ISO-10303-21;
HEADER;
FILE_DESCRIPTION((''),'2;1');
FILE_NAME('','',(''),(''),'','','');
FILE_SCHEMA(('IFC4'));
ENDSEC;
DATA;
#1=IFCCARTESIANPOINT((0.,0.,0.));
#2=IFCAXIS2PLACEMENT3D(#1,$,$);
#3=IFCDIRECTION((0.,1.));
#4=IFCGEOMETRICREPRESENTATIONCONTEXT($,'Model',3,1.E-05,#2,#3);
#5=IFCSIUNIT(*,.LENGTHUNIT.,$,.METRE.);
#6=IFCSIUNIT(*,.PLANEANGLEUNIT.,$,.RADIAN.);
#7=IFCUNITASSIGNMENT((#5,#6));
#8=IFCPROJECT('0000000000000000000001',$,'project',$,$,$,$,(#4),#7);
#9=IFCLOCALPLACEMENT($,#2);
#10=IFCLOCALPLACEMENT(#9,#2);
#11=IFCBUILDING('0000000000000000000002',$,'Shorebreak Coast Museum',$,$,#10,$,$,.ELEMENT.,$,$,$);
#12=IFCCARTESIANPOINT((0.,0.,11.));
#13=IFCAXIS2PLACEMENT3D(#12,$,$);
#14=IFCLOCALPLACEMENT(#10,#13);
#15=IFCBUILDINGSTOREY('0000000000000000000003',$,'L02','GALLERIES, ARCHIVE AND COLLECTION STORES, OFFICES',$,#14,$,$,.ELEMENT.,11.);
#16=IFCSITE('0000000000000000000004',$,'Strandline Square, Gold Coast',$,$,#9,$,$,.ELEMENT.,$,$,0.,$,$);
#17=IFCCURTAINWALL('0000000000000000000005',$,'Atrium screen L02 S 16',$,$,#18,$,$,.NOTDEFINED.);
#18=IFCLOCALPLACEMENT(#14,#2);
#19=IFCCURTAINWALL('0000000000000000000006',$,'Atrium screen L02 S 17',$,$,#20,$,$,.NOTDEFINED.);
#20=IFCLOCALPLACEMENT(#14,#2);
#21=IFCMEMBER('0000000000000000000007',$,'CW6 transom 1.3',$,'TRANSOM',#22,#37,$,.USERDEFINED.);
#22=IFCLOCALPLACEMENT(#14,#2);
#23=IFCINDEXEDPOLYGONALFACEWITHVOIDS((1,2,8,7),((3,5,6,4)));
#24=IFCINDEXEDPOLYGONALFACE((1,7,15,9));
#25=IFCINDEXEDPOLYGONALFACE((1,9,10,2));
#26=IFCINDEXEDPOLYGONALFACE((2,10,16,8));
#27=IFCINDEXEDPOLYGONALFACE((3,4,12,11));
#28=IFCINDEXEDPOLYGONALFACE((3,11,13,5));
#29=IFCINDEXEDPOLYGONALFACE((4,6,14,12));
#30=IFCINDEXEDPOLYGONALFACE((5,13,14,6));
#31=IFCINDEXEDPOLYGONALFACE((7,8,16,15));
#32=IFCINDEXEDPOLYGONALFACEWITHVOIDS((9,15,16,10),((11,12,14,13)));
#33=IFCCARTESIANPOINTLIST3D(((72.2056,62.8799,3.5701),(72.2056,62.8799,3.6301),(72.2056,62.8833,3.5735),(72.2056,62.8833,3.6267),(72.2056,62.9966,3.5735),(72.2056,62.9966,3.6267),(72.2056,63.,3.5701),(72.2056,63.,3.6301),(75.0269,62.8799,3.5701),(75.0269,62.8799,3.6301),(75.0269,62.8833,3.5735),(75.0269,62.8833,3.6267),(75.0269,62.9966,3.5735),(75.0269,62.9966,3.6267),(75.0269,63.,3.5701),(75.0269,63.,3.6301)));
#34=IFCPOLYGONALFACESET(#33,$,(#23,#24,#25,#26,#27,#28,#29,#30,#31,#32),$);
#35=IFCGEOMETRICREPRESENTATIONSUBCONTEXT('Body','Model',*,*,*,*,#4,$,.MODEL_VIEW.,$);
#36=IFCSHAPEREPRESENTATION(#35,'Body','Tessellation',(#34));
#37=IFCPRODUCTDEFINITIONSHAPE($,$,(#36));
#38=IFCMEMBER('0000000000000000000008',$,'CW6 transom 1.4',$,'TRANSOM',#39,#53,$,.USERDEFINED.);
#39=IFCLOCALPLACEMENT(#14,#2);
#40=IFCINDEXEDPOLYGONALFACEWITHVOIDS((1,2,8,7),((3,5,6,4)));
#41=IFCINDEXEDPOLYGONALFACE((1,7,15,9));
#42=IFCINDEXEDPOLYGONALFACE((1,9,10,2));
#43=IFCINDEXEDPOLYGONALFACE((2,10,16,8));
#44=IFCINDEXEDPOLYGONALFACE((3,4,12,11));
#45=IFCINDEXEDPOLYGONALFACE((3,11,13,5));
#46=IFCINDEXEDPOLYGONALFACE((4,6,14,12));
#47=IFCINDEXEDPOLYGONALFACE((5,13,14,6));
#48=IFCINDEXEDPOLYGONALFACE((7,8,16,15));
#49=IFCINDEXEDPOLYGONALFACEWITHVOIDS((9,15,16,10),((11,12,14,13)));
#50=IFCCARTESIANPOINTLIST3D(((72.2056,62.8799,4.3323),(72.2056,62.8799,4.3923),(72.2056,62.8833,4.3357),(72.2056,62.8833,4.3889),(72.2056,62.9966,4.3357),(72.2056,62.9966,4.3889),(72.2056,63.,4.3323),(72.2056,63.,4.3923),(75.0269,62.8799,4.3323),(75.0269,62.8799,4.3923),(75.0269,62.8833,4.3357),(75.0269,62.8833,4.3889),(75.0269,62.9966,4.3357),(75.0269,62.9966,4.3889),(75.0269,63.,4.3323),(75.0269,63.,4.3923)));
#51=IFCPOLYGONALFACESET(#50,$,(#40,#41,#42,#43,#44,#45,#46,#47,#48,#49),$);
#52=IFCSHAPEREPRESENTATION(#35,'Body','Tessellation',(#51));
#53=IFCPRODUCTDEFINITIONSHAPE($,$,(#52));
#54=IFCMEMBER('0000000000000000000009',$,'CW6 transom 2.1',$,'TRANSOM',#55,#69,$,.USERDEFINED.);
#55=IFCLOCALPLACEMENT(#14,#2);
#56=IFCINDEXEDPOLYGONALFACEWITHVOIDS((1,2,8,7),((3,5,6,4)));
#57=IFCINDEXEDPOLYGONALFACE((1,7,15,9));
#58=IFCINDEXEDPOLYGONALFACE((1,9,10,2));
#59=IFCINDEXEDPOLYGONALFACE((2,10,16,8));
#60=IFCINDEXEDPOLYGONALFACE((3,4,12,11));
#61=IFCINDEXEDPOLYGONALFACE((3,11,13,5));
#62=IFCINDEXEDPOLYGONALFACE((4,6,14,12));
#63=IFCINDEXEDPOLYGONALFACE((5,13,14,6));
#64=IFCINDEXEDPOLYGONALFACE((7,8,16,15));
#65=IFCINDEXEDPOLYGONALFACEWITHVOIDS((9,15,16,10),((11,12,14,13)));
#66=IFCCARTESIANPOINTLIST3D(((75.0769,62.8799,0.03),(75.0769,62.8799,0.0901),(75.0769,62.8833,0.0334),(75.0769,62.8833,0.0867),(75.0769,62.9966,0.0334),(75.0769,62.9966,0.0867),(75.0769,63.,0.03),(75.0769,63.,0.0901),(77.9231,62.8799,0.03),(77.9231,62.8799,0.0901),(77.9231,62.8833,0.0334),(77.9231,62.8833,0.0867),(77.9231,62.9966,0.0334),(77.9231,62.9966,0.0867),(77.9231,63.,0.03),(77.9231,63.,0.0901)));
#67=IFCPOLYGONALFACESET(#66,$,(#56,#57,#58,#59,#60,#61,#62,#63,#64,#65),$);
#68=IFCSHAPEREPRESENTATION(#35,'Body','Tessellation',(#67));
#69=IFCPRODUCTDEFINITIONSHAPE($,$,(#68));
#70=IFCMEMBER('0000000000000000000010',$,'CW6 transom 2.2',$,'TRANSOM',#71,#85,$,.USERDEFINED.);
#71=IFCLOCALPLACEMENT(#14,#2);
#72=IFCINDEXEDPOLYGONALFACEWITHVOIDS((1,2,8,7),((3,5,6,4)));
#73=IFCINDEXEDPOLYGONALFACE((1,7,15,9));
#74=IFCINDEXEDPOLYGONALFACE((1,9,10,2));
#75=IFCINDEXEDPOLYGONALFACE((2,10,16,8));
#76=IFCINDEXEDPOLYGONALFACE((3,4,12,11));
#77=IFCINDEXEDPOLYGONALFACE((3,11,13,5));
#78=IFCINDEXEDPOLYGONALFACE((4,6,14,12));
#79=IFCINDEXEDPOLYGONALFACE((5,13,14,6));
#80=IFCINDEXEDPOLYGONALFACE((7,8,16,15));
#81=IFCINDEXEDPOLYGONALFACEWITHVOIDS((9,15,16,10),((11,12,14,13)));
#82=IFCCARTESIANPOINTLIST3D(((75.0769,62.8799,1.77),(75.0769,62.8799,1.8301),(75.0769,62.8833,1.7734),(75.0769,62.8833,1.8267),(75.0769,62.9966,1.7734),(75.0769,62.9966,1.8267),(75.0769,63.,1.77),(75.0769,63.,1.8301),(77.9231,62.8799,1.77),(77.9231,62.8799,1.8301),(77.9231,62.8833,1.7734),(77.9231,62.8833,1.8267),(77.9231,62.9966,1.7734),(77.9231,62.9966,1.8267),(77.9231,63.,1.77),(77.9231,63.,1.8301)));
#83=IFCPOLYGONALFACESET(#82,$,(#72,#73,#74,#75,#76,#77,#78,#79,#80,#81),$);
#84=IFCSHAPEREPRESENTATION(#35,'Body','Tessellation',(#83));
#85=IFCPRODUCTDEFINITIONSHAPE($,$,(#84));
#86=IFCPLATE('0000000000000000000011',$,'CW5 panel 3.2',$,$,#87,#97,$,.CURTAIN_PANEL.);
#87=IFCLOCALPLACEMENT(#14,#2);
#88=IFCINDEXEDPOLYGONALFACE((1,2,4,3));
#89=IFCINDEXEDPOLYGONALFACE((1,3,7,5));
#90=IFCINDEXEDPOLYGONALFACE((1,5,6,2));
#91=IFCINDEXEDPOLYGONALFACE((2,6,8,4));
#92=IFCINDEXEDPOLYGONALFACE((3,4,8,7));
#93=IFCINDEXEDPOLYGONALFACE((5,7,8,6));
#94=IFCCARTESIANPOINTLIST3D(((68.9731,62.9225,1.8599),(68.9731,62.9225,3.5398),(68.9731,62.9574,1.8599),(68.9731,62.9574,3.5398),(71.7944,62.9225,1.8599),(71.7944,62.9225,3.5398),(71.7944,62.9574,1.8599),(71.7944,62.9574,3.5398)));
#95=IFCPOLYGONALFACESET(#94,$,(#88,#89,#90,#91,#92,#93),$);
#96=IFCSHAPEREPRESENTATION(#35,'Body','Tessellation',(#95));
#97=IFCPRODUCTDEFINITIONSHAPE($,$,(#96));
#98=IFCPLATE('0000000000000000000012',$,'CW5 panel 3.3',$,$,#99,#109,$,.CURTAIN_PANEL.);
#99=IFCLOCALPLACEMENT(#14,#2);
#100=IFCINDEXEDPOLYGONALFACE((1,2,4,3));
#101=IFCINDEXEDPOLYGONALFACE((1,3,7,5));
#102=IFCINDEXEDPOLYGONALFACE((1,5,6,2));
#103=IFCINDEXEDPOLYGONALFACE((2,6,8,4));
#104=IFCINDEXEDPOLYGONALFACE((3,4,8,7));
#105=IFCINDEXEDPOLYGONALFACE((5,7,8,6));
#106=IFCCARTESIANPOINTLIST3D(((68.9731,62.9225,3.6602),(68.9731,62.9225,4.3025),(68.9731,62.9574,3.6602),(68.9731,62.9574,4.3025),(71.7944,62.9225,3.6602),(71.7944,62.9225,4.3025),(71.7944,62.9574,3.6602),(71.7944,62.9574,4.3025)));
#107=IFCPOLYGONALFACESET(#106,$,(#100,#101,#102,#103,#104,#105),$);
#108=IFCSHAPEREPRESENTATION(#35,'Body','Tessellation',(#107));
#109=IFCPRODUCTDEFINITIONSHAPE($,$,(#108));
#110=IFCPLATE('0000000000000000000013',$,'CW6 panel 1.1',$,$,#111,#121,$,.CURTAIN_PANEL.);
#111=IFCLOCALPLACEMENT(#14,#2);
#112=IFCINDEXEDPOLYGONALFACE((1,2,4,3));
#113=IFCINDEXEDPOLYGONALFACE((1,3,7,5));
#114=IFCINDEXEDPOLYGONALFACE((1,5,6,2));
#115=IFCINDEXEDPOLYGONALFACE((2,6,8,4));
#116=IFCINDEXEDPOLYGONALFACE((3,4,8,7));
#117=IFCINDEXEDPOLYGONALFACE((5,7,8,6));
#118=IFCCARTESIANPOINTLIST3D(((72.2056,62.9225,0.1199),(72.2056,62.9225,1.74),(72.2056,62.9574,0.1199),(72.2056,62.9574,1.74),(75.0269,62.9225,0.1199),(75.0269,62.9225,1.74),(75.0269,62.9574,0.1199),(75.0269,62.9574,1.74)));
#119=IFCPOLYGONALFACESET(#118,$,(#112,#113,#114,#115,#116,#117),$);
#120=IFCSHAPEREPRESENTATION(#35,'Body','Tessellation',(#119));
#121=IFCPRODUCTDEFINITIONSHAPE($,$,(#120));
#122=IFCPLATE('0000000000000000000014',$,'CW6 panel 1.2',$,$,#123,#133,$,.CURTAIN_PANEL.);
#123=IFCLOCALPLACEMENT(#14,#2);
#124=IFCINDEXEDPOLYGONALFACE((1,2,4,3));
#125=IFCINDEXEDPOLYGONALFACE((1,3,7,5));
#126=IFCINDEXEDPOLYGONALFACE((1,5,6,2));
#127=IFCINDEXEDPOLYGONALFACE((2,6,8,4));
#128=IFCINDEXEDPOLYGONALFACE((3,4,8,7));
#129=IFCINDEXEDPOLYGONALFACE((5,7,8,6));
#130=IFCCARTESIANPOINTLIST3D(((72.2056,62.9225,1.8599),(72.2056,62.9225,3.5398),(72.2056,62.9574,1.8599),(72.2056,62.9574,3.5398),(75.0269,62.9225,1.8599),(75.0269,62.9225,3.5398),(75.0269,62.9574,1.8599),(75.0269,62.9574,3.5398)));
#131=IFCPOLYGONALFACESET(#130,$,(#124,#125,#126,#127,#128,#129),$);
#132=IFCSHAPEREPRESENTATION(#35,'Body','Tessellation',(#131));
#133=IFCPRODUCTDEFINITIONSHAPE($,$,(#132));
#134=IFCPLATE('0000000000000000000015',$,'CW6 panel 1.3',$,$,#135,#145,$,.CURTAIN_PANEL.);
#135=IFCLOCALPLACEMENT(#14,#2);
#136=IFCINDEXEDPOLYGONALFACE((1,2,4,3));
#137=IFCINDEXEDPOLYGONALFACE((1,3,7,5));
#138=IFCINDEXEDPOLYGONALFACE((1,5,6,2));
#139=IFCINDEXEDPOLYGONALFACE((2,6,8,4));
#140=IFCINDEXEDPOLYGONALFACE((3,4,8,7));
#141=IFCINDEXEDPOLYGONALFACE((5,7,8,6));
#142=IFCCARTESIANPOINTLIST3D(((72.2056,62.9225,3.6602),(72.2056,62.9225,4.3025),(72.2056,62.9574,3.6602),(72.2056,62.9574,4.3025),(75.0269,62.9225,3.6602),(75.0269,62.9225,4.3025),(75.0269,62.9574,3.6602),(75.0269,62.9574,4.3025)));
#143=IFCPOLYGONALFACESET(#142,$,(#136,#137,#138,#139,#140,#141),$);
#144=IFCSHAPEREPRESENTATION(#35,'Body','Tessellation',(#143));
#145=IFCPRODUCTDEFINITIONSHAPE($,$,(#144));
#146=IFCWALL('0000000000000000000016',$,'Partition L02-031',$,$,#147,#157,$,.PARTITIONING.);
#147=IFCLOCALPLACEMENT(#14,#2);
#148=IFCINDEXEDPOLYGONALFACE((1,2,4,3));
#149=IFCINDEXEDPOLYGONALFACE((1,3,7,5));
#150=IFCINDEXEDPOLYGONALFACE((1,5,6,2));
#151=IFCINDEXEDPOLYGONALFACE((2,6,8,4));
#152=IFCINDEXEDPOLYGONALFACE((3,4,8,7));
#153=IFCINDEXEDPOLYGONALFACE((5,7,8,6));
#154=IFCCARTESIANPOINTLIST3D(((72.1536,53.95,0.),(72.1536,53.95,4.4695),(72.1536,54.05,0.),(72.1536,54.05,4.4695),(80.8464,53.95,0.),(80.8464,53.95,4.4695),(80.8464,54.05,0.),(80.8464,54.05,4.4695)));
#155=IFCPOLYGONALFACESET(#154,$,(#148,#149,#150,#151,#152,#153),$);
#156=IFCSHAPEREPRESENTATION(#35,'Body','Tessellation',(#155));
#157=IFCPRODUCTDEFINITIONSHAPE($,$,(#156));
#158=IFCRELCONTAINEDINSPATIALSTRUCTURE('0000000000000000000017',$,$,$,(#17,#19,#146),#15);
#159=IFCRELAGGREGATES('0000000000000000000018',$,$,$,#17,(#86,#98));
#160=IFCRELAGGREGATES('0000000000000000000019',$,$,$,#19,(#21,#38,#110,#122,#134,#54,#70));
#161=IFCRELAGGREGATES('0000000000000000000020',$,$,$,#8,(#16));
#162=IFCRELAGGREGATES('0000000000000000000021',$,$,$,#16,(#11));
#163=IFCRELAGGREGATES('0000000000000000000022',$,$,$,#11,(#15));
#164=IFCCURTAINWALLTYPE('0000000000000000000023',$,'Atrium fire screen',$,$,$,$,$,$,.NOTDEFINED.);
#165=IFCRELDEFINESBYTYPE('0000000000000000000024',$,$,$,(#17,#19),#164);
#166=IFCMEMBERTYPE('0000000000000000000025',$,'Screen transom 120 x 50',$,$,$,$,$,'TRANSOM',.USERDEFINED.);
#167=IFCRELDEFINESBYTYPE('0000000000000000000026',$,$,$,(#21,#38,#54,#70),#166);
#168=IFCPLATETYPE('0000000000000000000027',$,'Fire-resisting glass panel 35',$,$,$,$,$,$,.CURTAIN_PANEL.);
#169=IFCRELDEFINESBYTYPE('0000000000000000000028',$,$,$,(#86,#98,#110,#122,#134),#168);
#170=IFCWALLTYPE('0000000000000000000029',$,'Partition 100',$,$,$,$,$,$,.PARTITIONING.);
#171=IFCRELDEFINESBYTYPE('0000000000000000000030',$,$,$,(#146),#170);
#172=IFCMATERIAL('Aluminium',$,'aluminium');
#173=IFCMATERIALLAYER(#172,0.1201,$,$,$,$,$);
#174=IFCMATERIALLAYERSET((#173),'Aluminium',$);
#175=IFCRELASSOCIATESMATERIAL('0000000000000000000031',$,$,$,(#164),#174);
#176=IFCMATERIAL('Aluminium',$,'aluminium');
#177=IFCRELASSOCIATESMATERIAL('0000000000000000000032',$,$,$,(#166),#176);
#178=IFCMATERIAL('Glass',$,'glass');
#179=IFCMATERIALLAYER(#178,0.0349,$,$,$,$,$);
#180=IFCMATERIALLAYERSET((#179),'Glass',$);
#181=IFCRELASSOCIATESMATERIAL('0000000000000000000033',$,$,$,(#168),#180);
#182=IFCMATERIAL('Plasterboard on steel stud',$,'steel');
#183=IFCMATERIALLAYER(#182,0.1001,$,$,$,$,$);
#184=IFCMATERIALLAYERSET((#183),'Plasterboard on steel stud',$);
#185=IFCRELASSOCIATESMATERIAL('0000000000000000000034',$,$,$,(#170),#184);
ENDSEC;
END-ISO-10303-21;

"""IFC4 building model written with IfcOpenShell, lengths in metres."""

from ifc_helpers import new_model, si_unit, direction, frame, frame_2d, origin, origin_2d, place, context, subcontext, project, spatial, rectangle, hollow_rectangle, extrude, material, layer, layer_set, material_profile, profile_set, type_object, element, aggregate, save


model = new_model("IFC4")

# Units and contexts
model_context = context("Model", 3, precision=1e-05, world=origin(), true_north=direction((0.0, 1.0)))
body_context = subcontext(model_context, "Body", "Model", "MODEL_VIEW")
ifc_project = project(units=[si_unit("LENGTHUNIT", "METRE"), si_unit("PLANEANGLEUNIT", "RADIAN")], contexts=[model_context])

# Site, building, storey
site_placement = place(None, origin())
site = spatial("IfcSite", under=ifc_project, at=site_placement, Name="Strandline Square, Gold Coast", CompositionType="ELEMENT", RefElevation=0.0)
building_placement = place(site_placement, origin())
building = spatial("IfcBuilding", under=site, at=building_placement, Name="Shorebreak Coast Museum", CompositionType="ELEMENT")
storey_placement = place(building_placement, frame((0.0, 0.0, 11.0)))
storey = spatial("IfcBuildingStorey", under=building, at=storey_placement, Name="L02", Description="GALLERIES, ARCHIVE AND COLLECTION STORES, OFFICES", CompositionType="ELEMENT", Elevation=11.0)

# Curtain wall
ifc_material_1 = material(Name="Aluminium", Category="aluminium")
ifc_layer_1 = layer(ifc_material_1, 0.1201)
ifc_layer_set_1 = layer_set([ifc_layer_1], Name="Aluminium")
curtain_wall_type = type_object("IfcCurtainWallType", Name="Atrium fire screen", PredefinedType="NOTDEFINED", material=ifc_layer_set_1)
curtain_wall_1_placement = place(storey_placement, origin())
curtain_wall_1 = element("IfcCurtainWall", 1, at=curtain_wall_1_placement, inside=storey, type_object=curtain_wall_type, Name="Atrium screen L02 S 16", PredefinedType="NOTDEFINED")

# Curtain wall, members
curtain_wall_2_placement = place(storey_placement, origin())
curtain_wall_2 = element("IfcCurtainWall", 2, at=curtain_wall_2_placement, inside=storey, type_object=curtain_wall_type, Name="Atrium screen L02 S 17", PredefinedType="NOTDEFINED")
ifc_material_2 = material(Name="Aluminium", Category="aluminium")
ifc_material_profile_1 = material_profile(ifc_material_2, hollow_rectangle(XDim=0.1201, YDim=0.0601, WallThickness=0.0034, at=origin_2d()), Name="AL 60x120 RHS")
ifc_profile_set_1 = profile_set([ifc_material_profile_1], Name="Aluminium")
member_type_1 = type_object("IfcMemberType", Name="Screen transom 120 x 50", ElementType="TRANSOM", PredefinedType="USERDEFINED", material=ifc_profile_set_1)
member_1_placement = place(storey_placement, frame((72.2056, 62.9399, 3.6001), z_axis=(1.0, 0.0, 0.0), x_axis=(0.0, 1.0, 0.0)))
member_1 = element("IfcMember", 3, at=member_1_placement, type_object=member_type_1, Name="CW6 transom 1.3", ObjectType="TRANSOM", PredefinedType="USERDEFINED", context=body_context, shape_type="SweptSolid", body=[
    extrude(hollow_rectangle(XDim=0.1201, YDim=0.0601, WallThickness=0.0034, at=origin_2d()), origin(), (0.0, 0.0, 1.0), 2.8213),
])
member_2_placement = place(storey_placement, frame((72.2056, 62.9399, 4.3623), z_axis=(1.0, 0.0, 0.0), x_axis=(0.0, 1.0, 0.0)))
member_2 = element("IfcMember", 4, at=member_2_placement, type_object=member_type_1, Name="CW6 transom 1.4", ObjectType="TRANSOM", PredefinedType="USERDEFINED", context=body_context, shape_type="SweptSolid", body=[
    extrude(hollow_rectangle(XDim=0.1201, YDim=0.0601, WallThickness=0.0034, at=origin_2d()), origin(), (0.0, 0.0, 1.0), 2.8213),
])
member_3_placement = place(storey_placement, frame((75.0769, 62.9399, 0.0601), z_axis=(1.0, 0.0, 0.0), x_axis=(0.0, 1.0, 0.0)))
member_3 = element("IfcMember", 5, at=member_3_placement, type_object=member_type_1, Name="CW6 transom 2.1", ObjectType="TRANSOM", PredefinedType="USERDEFINED", context=body_context, shape_type="SweptSolid", body=[
    extrude(hollow_rectangle(XDim=0.1201, YDim=0.0601, WallThickness=0.0034, at=origin_2d()), origin(), (0.0, 0.0, 1.0), 2.8462),
])
member_4_placement = place(storey_placement, frame((75.0769, 62.9399, 1.8), z_axis=(1.0, 0.0, 0.0), x_axis=(0.0, 1.0, 0.0)))
member_4 = element("IfcMember", 6, at=member_4_placement, type_object=member_type_1, Name="CW6 transom 2.2", ObjectType="TRANSOM", PredefinedType="USERDEFINED", context=body_context, shape_type="SweptSolid", body=[
    extrude(hollow_rectangle(XDim=0.1201, YDim=0.0601, WallThickness=0.0034, at=origin_2d()), origin(), (0.0, 0.0, 1.0), 2.8462),
])

# Plates
ifc_material_3 = material(Name="Glass", Category="glass")
ifc_layer_2 = layer(ifc_material_3, 0.0349)
ifc_layer_set_2 = layer_set([ifc_layer_2], Name="Glass")
plate_type = type_object("IfcPlateType", Name="Fire-resisting glass panel 35", PredefinedType="CURTAIN_PANEL", material=ifc_layer_set_2)
plate_1_placement = place(storey_placement, frame((70.3838, 62.9399, 1.8599), z_axis=(0.0, 0.0, 1.0), x_axis=(1.0, 0.0, 0.0)))
plate_1 = element("IfcPlate", 7, at=plate_1_placement, type_object=plate_type, Name="CW5 panel 3.2", PredefinedType="CURTAIN_PANEL", context=body_context, shape_type="SweptSolid", body=[
    extrude(rectangle(XDim=2.8213, YDim=0.0349, at=origin_2d()), origin(), (0.0, 0.0, 1.0), 1.6799),
])
plate_2_placement = place(storey_placement, frame((70.3838, 62.9399, 3.6602), z_axis=(0.0, 0.0, 1.0), x_axis=(1.0, 0.0, 0.0)))
plate_2 = element("IfcPlate", 8, at=plate_2_placement, type_object=plate_type, Name="CW5 panel 3.3", PredefinedType="CURTAIN_PANEL", context=body_context, shape_type="SweptSolid", body=[
    extrude(rectangle(XDim=2.8213, YDim=0.0349, at=origin_2d()), origin(), (0.0, 0.0, 1.0), 0.6423),
])
aggregate(curtain_wall_1, [plate_1, plate_2])
plate_3_placement = place(storey_placement, frame((73.6162, 62.9399, 0.1199), z_axis=(0.0, 0.0, 1.0), x_axis=(1.0, 0.0, 0.0)))
plate_3 = element("IfcPlate", 9, at=plate_3_placement, type_object=plate_type, Name="CW6 panel 1.1", PredefinedType="CURTAIN_PANEL", context=body_context, shape_type="SweptSolid", body=[
    extrude(rectangle(XDim=2.8213, YDim=0.0349, at=origin_2d()), origin(), (0.0, 0.0, 1.0), 1.6201),
])
plate_4_placement = place(storey_placement, frame((73.6162, 62.9399, 1.8599), z_axis=(0.0, 0.0, 1.0), x_axis=(1.0, 0.0, 0.0)))
plate_4 = element("IfcPlate", 10, at=plate_4_placement, type_object=plate_type, Name="CW6 panel 1.2", PredefinedType="CURTAIN_PANEL", context=body_context, shape_type="SweptSolid", body=[
    extrude(rectangle(XDim=2.8213, YDim=0.0349, at=origin_2d()), origin(), (0.0, 0.0, 1.0), 1.6799),
])
plate_5_placement = place(storey_placement, frame((73.6162, 62.9399, 3.6602), z_axis=(0.0, 0.0, 1.0), x_axis=(1.0, 0.0, 0.0)))
plate_5 = element("IfcPlate", 11, at=plate_5_placement, type_object=plate_type, Name="CW6 panel 1.3", PredefinedType="CURTAIN_PANEL", context=body_context, shape_type="SweptSolid", body=[
    extrude(rectangle(XDim=2.8213, YDim=0.0349, at=origin_2d()), origin(), (0.0, 0.0, 1.0), 0.6423),
])
aggregate(curtain_wall_2, [member_1, member_2, plate_3, plate_4, plate_5, member_3, member_4])

# Wall
ifc_material_4 = material(Name="Plasterboard on steel stud", Category="steel")
ifc_layer_3 = layer(ifc_material_4, 0.1001)
ifc_layer_set_3 = layer_set([ifc_layer_3], Name="Plasterboard on steel stud")
wall_type = type_object("IfcWallType", Name="Partition 100", PredefinedType="PARTITIONING", material=ifc_layer_set_3)
wall_placement = place(storey_placement, frame((72.1536, 54.0, 0.0), z_axis=(0.0, 0.0, 1.0), x_axis=(1.0, 0.0, 0.0)))
element("IfcWall", 12, at=wall_placement, inside=storey, type_object=wall_type, Name="Partition L02-031", PredefinedType="PARTITIONING", context=body_context, shape_type="SweptSolid", body=[
    extrude(rectangle(XDim=8.6929, YDim=0.1001, at=frame_2d((4.3464, 0.0))), origin(), (0.0, 0.0, 1.0), 4.4695),
])

save(model, "model.ifc")
